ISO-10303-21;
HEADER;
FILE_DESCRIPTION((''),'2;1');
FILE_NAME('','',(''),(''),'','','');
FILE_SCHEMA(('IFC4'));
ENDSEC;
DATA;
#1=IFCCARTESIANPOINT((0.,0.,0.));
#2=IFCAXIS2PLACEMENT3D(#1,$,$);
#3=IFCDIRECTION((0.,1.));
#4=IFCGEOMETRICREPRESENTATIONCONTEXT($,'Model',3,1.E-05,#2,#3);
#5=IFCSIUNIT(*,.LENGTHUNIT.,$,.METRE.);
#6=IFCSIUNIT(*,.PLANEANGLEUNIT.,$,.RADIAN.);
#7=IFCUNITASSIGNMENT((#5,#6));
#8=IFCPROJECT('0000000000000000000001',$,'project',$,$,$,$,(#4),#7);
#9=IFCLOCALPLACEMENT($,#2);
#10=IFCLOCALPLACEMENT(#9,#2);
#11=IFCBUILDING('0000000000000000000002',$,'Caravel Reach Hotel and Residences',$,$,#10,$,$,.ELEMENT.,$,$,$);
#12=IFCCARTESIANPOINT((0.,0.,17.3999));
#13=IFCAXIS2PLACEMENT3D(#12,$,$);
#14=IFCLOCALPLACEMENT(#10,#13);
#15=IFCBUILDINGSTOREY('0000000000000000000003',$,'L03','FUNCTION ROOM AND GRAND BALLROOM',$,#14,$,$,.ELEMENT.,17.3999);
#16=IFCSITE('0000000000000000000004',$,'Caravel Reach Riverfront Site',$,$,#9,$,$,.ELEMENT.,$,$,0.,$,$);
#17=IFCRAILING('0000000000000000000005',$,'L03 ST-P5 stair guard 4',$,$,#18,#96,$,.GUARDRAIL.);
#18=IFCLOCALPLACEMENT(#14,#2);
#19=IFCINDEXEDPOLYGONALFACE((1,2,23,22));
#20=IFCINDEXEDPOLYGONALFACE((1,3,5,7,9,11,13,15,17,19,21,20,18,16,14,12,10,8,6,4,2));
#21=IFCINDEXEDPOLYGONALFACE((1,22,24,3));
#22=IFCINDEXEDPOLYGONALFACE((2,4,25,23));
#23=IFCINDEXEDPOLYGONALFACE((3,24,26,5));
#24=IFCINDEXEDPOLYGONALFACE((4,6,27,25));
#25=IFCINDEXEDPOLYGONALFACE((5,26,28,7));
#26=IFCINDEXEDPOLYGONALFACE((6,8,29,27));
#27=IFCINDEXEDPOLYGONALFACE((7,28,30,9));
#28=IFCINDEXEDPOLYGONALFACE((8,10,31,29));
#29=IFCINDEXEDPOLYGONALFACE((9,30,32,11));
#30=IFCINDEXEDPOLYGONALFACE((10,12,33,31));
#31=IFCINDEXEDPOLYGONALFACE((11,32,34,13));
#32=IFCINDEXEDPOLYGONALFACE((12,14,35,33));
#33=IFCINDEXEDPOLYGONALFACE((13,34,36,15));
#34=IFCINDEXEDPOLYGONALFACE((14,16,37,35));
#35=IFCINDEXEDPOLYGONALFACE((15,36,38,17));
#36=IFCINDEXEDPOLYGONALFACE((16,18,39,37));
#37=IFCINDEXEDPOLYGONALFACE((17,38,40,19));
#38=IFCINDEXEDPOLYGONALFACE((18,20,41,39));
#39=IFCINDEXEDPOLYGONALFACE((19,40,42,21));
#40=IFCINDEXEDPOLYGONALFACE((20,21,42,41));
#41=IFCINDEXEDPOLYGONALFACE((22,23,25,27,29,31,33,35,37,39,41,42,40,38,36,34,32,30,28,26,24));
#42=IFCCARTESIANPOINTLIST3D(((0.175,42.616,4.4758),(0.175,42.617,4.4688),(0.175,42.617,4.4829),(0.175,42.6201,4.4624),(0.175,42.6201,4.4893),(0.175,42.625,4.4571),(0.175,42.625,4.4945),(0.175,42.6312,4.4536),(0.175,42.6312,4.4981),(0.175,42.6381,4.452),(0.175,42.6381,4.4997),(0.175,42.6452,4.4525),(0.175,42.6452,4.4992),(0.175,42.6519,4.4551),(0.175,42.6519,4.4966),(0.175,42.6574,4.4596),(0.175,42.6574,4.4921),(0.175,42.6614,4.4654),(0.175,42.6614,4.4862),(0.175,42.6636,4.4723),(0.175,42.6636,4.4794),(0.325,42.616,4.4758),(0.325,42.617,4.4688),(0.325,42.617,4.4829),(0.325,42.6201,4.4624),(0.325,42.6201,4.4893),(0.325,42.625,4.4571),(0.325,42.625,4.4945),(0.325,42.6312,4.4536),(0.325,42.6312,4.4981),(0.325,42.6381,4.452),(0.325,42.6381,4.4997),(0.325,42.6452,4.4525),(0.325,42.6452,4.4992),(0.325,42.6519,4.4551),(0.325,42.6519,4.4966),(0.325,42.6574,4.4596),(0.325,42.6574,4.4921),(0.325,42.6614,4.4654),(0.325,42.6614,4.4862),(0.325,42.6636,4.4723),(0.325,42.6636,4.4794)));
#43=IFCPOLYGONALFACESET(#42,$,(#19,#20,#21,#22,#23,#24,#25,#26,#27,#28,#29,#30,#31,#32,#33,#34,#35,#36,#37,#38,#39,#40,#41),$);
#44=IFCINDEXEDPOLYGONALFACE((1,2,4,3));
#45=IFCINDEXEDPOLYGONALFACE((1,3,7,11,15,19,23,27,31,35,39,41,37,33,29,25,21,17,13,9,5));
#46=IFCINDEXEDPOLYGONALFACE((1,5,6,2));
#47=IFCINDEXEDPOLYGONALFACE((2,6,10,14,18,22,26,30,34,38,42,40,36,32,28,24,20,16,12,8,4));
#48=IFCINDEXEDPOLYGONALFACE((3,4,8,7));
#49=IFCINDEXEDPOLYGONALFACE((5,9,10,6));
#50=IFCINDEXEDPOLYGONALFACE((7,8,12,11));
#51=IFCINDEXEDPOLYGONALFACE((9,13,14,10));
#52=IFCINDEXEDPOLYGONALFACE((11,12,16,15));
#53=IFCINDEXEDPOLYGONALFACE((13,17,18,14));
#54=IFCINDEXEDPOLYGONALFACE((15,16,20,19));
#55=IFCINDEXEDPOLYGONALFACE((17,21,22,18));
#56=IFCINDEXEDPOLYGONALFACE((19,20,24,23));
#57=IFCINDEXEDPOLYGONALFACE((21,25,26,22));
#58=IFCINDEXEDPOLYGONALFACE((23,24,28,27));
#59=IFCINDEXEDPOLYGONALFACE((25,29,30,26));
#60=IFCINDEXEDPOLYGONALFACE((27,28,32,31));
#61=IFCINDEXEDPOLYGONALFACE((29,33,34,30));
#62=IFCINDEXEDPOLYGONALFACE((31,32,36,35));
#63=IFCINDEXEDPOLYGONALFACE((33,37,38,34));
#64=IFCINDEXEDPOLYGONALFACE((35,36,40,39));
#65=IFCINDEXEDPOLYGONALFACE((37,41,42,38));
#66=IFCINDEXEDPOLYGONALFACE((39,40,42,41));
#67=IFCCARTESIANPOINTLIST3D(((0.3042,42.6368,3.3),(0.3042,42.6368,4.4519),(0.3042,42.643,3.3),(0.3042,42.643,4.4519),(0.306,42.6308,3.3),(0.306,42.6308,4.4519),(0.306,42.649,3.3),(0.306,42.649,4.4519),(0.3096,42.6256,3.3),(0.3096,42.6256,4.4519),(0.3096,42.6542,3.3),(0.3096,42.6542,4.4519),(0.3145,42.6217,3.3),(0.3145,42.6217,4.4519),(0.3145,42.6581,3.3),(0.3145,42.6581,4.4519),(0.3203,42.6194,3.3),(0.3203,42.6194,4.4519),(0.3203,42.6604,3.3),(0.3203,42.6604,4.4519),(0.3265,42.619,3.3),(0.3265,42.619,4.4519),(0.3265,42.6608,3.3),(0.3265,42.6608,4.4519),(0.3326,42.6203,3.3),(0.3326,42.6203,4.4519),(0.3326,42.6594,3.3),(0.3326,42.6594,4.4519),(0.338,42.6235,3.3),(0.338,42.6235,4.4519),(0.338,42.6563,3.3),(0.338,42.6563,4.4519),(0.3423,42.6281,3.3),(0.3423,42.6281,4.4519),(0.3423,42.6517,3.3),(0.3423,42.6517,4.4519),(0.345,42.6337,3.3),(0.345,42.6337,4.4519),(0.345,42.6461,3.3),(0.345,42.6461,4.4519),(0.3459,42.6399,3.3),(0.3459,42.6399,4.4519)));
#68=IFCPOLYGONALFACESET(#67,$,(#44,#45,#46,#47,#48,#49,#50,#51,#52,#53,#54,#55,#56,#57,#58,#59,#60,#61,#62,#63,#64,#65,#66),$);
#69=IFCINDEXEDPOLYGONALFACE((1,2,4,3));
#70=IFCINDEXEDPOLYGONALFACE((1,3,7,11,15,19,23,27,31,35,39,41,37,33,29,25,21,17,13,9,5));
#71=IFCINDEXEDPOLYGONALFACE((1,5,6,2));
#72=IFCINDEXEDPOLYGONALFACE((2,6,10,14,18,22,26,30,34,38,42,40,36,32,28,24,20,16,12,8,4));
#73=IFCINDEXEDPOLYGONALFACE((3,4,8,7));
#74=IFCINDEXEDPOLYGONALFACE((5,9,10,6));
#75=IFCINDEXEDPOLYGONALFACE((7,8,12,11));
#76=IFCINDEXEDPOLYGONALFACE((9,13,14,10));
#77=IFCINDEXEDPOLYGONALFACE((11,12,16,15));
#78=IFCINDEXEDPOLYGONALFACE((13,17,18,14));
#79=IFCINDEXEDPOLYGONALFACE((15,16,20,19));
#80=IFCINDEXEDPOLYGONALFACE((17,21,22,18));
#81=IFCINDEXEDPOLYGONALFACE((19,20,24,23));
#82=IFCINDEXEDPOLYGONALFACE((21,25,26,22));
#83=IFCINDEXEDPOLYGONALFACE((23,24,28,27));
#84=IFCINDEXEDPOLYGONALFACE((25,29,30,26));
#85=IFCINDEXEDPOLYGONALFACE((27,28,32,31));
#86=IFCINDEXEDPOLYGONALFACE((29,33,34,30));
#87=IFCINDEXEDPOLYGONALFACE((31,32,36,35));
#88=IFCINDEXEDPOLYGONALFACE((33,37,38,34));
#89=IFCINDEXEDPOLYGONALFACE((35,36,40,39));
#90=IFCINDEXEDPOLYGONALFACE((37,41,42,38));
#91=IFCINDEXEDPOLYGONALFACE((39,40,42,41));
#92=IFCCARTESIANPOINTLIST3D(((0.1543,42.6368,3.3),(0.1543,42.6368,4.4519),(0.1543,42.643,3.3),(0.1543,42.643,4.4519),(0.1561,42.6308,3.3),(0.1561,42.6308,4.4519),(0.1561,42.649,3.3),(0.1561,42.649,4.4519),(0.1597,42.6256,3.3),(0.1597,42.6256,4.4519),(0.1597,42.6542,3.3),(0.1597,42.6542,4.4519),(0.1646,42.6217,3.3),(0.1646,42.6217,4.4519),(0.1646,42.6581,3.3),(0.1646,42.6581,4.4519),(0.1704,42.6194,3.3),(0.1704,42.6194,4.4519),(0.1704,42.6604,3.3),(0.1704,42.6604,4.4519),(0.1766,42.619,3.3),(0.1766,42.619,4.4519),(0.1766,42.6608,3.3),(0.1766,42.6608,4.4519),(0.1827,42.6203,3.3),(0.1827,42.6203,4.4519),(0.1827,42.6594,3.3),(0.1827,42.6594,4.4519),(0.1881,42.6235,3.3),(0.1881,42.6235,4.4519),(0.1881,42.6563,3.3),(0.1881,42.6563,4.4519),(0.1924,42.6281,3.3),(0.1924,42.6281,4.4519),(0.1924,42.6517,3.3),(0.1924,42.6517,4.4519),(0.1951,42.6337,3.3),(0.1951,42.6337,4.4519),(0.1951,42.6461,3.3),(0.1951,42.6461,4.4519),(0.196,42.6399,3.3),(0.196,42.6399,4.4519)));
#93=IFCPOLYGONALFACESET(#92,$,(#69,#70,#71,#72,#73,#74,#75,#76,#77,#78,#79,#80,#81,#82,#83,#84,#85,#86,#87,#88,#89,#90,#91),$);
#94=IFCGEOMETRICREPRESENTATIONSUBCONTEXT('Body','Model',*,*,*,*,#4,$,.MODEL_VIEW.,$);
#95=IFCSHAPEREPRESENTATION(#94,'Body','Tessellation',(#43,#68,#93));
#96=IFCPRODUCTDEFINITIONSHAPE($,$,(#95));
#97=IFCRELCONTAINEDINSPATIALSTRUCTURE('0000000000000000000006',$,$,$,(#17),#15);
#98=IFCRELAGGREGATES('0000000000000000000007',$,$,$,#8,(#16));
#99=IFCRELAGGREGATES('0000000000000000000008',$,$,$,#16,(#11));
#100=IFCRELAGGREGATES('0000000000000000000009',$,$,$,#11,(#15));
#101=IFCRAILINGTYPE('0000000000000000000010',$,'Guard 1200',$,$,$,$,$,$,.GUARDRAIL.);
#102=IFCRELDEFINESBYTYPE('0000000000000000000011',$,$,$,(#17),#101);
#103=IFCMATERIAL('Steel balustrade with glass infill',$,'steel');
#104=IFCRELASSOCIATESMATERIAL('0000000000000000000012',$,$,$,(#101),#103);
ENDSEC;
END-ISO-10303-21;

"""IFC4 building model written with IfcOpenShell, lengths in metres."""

from ifc_helpers import new_model, si_unit, direction, frame, origin, origin_2d, place, context, subcontext, project, spatial, circle, extrude, material, type_object, element, save


model = new_model("IFC4")

# Units and contexts
model_context = context("Model", 3, precision=1e-05, world=origin(), true_north=direction((0.0, 1.0)))
body_context = subcontext(model_context, "Body", "Model", "MODEL_VIEW")
ifc_project = project(units=[si_unit("LENGTHUNIT", "METRE"), si_unit("PLANEANGLEUNIT", "RADIAN")], contexts=[model_context])

# Site, building, storey
site_placement = place(None, origin())
site = spatial("IfcSite", under=ifc_project, at=site_placement, Name="Caravel Reach Riverfront Site", CompositionType="ELEMENT", RefElevation=0.0)
building_placement = place(site_placement, origin())
building = spatial("IfcBuilding", under=site, at=building_placement, Name="Caravel Reach Hotel and Residences", CompositionType="ELEMENT")
storey_placement = place(building_placement, frame((0.0, 0.0, 17.3999)))
storey = spatial("IfcBuildingStorey", under=building, at=storey_placement, Name="L03", Description="FUNCTION ROOM AND GRAND BALLROOM", CompositionType="ELEMENT", Elevation=17.3999)

# Railing
ifc_material_1 = material(Name="Steel balustrade with glass infill", Category="steel")
railing_type_1 = type_object("IfcRailingType", Name="Guard 1200", PredefinedType="GUARDRAIL", material=ifc_material_1)
railing_1_placement = place(storey_placement, frame((0.325, 42.6399, 3.3)))
element("IfcRailing", 1, at=railing_1_placement, inside=storey, type_object=railing_type_1, Name="L03 ST-P5 stair guard 4", PredefinedType="GUARDRAIL", context=body_context, shape_type="SweptSolid", body=[
    extrude(circle(Radius=0.0239, at=origin_2d()), frame((0.0, 0.0, 1.1758), z_axis=(-1.0, 0.0, 0.0), x_axis=(0.0, -1.0, 0.0)), (0.0, 0.0, 1.0), 0.1499),
    extrude(circle(Radius=0.021, at=origin_2d()), origin(), (0.0, 0.0, 1.0), 1.1519),
    extrude(circle(Radius=0.021, at=origin_2d()), frame((-0.1499, 0.0, 0.0)), (0.0, 0.0, 1.0), 1.1519),
])

save(model, "model.ifc")
